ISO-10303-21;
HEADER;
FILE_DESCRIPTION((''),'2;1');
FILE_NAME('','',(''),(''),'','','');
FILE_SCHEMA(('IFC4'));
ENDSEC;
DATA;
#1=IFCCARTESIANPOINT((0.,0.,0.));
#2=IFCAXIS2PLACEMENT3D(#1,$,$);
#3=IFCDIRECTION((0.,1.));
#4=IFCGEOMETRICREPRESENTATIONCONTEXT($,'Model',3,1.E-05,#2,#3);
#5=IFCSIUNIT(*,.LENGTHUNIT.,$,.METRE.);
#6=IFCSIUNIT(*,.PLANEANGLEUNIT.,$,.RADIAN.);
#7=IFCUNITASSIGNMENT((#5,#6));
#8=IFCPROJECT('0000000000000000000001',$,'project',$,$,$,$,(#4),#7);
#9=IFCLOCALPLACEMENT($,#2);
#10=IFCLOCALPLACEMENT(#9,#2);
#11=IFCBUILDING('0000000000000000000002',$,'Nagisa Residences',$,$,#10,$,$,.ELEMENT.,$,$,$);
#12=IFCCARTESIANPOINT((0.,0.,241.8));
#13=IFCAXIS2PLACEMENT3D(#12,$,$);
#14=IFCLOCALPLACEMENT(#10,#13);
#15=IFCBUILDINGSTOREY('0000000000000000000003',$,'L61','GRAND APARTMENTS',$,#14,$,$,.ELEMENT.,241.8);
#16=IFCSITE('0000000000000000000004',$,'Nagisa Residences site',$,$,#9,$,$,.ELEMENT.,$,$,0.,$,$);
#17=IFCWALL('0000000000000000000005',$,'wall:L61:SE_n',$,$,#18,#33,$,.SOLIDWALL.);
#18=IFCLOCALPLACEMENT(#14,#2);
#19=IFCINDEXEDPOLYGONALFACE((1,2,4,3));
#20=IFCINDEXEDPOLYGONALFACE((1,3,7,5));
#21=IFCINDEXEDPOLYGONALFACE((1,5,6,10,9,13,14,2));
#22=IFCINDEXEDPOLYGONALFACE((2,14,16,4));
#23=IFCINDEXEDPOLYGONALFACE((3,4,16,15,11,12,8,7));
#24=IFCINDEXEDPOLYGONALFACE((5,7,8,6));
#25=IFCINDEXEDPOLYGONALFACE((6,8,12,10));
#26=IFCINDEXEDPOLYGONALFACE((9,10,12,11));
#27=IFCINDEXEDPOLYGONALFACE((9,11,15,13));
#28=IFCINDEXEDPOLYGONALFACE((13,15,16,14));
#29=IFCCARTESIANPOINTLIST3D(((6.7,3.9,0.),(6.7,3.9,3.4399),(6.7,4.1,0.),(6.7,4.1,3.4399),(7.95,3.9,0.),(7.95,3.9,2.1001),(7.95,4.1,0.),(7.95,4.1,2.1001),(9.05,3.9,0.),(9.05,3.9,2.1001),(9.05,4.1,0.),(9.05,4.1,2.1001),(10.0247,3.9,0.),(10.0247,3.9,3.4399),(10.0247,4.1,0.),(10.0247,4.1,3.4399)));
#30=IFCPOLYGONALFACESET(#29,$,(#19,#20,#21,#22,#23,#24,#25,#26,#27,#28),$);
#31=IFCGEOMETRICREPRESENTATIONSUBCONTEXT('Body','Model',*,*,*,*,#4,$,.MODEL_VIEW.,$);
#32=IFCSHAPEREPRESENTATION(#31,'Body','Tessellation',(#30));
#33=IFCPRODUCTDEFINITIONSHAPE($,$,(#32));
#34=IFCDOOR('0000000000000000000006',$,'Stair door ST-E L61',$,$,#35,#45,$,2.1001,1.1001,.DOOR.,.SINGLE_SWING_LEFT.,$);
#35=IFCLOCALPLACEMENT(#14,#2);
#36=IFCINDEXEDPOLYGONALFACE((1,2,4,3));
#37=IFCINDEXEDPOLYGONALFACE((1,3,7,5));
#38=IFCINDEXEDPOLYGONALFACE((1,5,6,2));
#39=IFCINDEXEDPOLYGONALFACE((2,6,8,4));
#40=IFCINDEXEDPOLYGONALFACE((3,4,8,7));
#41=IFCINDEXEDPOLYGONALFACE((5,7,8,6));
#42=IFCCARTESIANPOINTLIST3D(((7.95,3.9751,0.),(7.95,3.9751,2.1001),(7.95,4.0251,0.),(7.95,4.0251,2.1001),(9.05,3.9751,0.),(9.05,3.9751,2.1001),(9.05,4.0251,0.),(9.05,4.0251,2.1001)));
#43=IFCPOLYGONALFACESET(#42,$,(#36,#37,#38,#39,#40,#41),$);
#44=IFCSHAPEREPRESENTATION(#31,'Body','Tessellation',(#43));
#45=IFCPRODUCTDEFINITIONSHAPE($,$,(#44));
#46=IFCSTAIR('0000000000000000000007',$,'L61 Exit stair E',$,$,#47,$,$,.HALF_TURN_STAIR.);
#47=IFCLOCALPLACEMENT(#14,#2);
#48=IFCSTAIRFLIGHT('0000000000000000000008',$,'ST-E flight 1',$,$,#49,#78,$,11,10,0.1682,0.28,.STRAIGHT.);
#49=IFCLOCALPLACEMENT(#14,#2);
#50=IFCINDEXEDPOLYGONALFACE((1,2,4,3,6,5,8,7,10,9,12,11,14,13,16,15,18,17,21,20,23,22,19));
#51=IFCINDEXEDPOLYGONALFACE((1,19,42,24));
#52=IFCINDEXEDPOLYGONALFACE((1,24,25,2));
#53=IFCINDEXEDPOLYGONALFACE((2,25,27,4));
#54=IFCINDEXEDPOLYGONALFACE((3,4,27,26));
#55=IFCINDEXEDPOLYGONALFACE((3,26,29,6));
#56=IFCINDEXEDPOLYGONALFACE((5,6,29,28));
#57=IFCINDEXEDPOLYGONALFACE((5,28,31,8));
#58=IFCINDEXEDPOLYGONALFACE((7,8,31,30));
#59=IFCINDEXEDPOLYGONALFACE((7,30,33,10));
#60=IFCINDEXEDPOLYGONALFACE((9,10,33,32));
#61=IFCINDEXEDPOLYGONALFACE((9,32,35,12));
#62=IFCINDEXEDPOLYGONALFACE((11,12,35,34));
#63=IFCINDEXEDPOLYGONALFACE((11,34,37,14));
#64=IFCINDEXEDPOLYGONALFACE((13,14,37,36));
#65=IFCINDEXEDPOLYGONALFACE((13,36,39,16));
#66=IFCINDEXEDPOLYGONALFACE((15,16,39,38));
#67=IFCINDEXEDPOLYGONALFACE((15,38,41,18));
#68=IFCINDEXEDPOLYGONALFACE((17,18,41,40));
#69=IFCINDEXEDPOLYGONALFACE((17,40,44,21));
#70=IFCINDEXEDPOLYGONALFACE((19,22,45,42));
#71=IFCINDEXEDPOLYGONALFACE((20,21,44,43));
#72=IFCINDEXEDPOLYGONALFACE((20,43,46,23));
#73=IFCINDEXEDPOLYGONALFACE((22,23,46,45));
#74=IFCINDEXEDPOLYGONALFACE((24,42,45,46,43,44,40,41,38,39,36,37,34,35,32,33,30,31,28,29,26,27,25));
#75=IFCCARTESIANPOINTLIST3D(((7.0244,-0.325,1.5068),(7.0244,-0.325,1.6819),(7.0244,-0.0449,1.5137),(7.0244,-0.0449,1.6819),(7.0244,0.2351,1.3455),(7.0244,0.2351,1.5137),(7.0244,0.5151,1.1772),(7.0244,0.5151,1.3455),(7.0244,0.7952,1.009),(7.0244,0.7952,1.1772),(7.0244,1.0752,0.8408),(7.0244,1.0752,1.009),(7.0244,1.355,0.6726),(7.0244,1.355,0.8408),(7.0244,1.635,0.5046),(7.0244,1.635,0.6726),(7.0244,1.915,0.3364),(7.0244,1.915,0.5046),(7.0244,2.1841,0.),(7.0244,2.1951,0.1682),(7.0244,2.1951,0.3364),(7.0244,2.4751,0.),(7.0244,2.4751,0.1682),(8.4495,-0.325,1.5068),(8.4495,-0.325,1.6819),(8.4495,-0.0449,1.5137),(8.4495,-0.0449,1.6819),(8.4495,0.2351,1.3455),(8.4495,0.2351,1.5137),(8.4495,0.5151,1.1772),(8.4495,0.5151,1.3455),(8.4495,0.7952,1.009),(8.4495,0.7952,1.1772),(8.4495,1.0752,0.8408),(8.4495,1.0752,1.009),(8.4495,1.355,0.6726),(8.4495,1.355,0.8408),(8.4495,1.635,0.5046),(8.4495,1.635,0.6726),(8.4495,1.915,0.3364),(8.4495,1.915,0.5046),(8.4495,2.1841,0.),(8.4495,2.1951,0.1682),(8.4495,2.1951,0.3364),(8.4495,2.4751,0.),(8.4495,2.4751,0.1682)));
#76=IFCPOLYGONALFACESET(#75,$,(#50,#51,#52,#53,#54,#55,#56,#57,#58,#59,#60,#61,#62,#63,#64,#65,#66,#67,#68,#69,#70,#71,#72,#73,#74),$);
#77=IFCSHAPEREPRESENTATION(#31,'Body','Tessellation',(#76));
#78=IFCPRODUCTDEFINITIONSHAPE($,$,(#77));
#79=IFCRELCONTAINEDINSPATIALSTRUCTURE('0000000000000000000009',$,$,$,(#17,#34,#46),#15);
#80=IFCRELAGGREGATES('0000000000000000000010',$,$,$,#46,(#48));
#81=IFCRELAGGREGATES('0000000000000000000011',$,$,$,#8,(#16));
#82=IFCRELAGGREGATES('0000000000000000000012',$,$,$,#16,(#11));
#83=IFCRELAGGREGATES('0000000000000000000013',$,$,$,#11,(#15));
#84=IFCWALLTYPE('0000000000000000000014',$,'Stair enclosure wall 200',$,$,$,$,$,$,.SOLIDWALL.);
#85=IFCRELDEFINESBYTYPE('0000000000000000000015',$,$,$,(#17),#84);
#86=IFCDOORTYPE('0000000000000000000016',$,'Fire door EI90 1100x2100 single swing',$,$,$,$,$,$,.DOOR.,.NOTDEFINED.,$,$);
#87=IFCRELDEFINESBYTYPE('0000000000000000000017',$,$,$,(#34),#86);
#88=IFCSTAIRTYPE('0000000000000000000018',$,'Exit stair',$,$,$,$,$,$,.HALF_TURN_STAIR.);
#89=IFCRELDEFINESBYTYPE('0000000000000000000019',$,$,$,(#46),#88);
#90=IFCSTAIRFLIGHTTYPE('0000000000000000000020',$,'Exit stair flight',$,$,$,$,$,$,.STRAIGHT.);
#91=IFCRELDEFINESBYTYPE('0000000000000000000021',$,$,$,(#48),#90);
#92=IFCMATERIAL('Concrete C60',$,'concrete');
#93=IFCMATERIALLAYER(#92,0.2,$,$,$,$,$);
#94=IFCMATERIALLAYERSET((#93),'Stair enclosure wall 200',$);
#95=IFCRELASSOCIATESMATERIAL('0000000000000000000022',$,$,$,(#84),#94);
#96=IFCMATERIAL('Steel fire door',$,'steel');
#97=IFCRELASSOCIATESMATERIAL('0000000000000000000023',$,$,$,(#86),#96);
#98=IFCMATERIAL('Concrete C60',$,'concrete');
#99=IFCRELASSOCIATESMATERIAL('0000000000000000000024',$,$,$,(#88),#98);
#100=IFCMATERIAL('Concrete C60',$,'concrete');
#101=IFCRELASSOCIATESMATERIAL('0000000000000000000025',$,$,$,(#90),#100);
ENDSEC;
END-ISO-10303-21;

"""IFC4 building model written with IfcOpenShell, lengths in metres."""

from ifc_helpers import new_model, si_unit, direction, frame, frame_2d, origin, place, context, subcontext, project, spatial, polyline, rectangle, outline, extrude, material, layer, layer_set, type_object, element, fill, aggregate, save


model = new_model("IFC4")

# Units and contexts
model_context = context("Model", 3, precision=1e-05, world=origin(), true_north=direction((0.0, 1.0)))
body_context = subcontext(model_context, "Body", "Model", "MODEL_VIEW")
ifc_project = project(units=[si_unit("LENGTHUNIT", "METRE"), si_unit("PLANEANGLEUNIT", "RADIAN")], contexts=[model_context])

# Site, building, storey
site_placement = place(None, origin())
site = spatial("IfcSite", under=ifc_project, at=site_placement, Name="Nagisa Residences site", CompositionType="ELEMENT", RefElevation=0.0)
building_placement = place(site_placement, origin())
building = spatial("IfcBuilding", under=site, at=building_placement, Name="Nagisa Residences", CompositionType="ELEMENT")
storey_placement = place(building_placement, frame((0.0, 0.0, 241.8)))
storey = spatial("IfcBuildingStorey", under=building, at=storey_placement, Name="L61", Description="GRAND APARTMENTS", CompositionType="ELEMENT", Elevation=241.8)

# Wall, opening, door
ifc_material_1 = material(Name="Concrete C60", Category="concrete")
ifc_layer_1 = layer(ifc_material_1, 0.2)
ifc_layer_set_1 = layer_set([ifc_layer_1], Name="Stair enclosure wall 200")
wall_type_1 = type_object("IfcWallType", Name="Stair enclosure wall 200", PredefinedType="SOLIDWALL", material=ifc_layer_set_1)
wall_1_placement = place(storey_placement, frame((6.7, 4.0, 0.0), z_axis=(0.0, 0.0, 1.0), x_axis=(1.0, 0.0, 0.0)))
wall_1 = element("IfcWall", 1, at=wall_1_placement, inside=storey, type_object=wall_type_1, Name="wall:L61:SE_n", PredefinedType="SOLIDWALL", context=body_context, shape_type="SweptSolid", body=[
    extrude(rectangle(XDim=3.3247, YDim=0.2, at=frame_2d((1.6624, 0.0))), origin(), (0.0, 0.0, 1.0), 3.4399),
])
opening_1_placement = place(wall_1_placement, frame((1.25, 0.0, 0.0)))
opening_1 = element("IfcOpeningElement", 2, at=opening_1_placement, cuts=wall_1, PredefinedType="OPENING", context=body_context, shape_type="SweptSolid", body=[
    extrude(rectangle(XDim=1.1001, YDim=2.1001, at=frame_2d((0.55, 1.05))), frame((0.0, 0.1099, 0.0), z_axis=(0.0, -1.0, 0.0), x_axis=(1.0, 0.0, 0.0)), (0.0, 0.0, 1.0), 0.22),
])
ifc_material_2 = material(Name="Steel fire door", Category="steel")
door_type_1 = type_object("IfcDoorType", Name="Fire door EI90 1100x2100 single swing", OperationType="NOTDEFINED", PredefinedType="DOOR", material=ifc_material_2)
door_1_placement = place(opening_1_placement, frame((1.1001, 0.0, 0.0), x_axis=(-1.0, 0.0, 0.0)))
door_1 = element("IfcDoor", 3, at=door_1_placement, inside=storey, type_object=door_type_1, Name="Stair door ST-E L61", OperationType="SINGLE_SWING_LEFT", OverallHeight=2.1001, OverallWidth=1.1001, PredefinedType="DOOR", context=body_context, shape_type="SweptSolid", body=[
    extrude(rectangle(XDim=1.1001, YDim=2.1001, at=frame_2d((0.55, 1.05))), frame((0.0, 0.0249, 0.0), z_axis=(0.0, -1.0, 0.0), x_axis=(1.0, 0.0, 0.0)), (0.0, 0.0, 1.0), 0.05),
])
fill(opening_1, door_1)

# Stair, stair flight
ifc_material_3 = material(Name="Concrete C60", Category="concrete")
stair_type = type_object("IfcStairType", Name="Exit stair", PredefinedType="HALF_TURN_STAIR", material=ifc_material_3)
stair_placement = place(storey_placement, origin())
stair = element("IfcStair", 4, at=stair_placement, inside=storey, type_object=stair_type, Name="L61 Exit stair E", PredefinedType="HALF_TURN_STAIR")
ifc_material_4 = material(Name="Concrete C60", Category="concrete")
stair_flight_type = type_object("IfcStairFlightType", Name="Exit stair flight", PredefinedType="STRAIGHT", material=ifc_material_4)
stair_flight_placement = place(storey_placement, frame((7.7371, 2.4751, 0.0), z_axis=(0.0, 0.0, 1.0), x_axis=(0.0, -1.0, 0.0)))
stair_flight = element("IfcStairFlight", 5, at=stair_flight_placement, type_object=stair_flight_type, Name="ST-E flight 1", NumberOfRisers=11, NumberOfTreads=10, PredefinedType="STRAIGHT", RiserHeight=0.1682, TreadLength=0.28, context=body_context, shape_type="SweptSolid", body=[
    extrude(outline(polyline([(0.0, 0.0), (0.0, 0.1682), (0.28, 0.1682), (0.28, 0.3364), (0.5601, 0.3364), (0.5601, 0.5046), (0.8401, 0.5046), (0.8401, 0.6726), (1.1201, 0.6726), (1.1201, 0.8408), (1.3999, 0.8408), (1.3999, 1.009), (1.6799, 1.009), (1.6799, 1.1772), (1.96, 1.1772), (1.96, 1.3455), (2.24, 1.3455), (2.24, 1.5137), (2.52, 1.5137), (2.52, 1.6819), (2.8, 1.6819), (2.8, 1.8501), (2.8, 1.5068), (0.291, 0.0), (0.0, 0.0)])), frame((0.0, 0.7124, 0.0), z_axis=(0.0, -1.0, 0.0), x_axis=(1.0, 0.0, 0.0)), (0.0, 0.0, 1.0), 1.425),
])
aggregate(stair, [stair_flight])

save(model, "model.ifc")
